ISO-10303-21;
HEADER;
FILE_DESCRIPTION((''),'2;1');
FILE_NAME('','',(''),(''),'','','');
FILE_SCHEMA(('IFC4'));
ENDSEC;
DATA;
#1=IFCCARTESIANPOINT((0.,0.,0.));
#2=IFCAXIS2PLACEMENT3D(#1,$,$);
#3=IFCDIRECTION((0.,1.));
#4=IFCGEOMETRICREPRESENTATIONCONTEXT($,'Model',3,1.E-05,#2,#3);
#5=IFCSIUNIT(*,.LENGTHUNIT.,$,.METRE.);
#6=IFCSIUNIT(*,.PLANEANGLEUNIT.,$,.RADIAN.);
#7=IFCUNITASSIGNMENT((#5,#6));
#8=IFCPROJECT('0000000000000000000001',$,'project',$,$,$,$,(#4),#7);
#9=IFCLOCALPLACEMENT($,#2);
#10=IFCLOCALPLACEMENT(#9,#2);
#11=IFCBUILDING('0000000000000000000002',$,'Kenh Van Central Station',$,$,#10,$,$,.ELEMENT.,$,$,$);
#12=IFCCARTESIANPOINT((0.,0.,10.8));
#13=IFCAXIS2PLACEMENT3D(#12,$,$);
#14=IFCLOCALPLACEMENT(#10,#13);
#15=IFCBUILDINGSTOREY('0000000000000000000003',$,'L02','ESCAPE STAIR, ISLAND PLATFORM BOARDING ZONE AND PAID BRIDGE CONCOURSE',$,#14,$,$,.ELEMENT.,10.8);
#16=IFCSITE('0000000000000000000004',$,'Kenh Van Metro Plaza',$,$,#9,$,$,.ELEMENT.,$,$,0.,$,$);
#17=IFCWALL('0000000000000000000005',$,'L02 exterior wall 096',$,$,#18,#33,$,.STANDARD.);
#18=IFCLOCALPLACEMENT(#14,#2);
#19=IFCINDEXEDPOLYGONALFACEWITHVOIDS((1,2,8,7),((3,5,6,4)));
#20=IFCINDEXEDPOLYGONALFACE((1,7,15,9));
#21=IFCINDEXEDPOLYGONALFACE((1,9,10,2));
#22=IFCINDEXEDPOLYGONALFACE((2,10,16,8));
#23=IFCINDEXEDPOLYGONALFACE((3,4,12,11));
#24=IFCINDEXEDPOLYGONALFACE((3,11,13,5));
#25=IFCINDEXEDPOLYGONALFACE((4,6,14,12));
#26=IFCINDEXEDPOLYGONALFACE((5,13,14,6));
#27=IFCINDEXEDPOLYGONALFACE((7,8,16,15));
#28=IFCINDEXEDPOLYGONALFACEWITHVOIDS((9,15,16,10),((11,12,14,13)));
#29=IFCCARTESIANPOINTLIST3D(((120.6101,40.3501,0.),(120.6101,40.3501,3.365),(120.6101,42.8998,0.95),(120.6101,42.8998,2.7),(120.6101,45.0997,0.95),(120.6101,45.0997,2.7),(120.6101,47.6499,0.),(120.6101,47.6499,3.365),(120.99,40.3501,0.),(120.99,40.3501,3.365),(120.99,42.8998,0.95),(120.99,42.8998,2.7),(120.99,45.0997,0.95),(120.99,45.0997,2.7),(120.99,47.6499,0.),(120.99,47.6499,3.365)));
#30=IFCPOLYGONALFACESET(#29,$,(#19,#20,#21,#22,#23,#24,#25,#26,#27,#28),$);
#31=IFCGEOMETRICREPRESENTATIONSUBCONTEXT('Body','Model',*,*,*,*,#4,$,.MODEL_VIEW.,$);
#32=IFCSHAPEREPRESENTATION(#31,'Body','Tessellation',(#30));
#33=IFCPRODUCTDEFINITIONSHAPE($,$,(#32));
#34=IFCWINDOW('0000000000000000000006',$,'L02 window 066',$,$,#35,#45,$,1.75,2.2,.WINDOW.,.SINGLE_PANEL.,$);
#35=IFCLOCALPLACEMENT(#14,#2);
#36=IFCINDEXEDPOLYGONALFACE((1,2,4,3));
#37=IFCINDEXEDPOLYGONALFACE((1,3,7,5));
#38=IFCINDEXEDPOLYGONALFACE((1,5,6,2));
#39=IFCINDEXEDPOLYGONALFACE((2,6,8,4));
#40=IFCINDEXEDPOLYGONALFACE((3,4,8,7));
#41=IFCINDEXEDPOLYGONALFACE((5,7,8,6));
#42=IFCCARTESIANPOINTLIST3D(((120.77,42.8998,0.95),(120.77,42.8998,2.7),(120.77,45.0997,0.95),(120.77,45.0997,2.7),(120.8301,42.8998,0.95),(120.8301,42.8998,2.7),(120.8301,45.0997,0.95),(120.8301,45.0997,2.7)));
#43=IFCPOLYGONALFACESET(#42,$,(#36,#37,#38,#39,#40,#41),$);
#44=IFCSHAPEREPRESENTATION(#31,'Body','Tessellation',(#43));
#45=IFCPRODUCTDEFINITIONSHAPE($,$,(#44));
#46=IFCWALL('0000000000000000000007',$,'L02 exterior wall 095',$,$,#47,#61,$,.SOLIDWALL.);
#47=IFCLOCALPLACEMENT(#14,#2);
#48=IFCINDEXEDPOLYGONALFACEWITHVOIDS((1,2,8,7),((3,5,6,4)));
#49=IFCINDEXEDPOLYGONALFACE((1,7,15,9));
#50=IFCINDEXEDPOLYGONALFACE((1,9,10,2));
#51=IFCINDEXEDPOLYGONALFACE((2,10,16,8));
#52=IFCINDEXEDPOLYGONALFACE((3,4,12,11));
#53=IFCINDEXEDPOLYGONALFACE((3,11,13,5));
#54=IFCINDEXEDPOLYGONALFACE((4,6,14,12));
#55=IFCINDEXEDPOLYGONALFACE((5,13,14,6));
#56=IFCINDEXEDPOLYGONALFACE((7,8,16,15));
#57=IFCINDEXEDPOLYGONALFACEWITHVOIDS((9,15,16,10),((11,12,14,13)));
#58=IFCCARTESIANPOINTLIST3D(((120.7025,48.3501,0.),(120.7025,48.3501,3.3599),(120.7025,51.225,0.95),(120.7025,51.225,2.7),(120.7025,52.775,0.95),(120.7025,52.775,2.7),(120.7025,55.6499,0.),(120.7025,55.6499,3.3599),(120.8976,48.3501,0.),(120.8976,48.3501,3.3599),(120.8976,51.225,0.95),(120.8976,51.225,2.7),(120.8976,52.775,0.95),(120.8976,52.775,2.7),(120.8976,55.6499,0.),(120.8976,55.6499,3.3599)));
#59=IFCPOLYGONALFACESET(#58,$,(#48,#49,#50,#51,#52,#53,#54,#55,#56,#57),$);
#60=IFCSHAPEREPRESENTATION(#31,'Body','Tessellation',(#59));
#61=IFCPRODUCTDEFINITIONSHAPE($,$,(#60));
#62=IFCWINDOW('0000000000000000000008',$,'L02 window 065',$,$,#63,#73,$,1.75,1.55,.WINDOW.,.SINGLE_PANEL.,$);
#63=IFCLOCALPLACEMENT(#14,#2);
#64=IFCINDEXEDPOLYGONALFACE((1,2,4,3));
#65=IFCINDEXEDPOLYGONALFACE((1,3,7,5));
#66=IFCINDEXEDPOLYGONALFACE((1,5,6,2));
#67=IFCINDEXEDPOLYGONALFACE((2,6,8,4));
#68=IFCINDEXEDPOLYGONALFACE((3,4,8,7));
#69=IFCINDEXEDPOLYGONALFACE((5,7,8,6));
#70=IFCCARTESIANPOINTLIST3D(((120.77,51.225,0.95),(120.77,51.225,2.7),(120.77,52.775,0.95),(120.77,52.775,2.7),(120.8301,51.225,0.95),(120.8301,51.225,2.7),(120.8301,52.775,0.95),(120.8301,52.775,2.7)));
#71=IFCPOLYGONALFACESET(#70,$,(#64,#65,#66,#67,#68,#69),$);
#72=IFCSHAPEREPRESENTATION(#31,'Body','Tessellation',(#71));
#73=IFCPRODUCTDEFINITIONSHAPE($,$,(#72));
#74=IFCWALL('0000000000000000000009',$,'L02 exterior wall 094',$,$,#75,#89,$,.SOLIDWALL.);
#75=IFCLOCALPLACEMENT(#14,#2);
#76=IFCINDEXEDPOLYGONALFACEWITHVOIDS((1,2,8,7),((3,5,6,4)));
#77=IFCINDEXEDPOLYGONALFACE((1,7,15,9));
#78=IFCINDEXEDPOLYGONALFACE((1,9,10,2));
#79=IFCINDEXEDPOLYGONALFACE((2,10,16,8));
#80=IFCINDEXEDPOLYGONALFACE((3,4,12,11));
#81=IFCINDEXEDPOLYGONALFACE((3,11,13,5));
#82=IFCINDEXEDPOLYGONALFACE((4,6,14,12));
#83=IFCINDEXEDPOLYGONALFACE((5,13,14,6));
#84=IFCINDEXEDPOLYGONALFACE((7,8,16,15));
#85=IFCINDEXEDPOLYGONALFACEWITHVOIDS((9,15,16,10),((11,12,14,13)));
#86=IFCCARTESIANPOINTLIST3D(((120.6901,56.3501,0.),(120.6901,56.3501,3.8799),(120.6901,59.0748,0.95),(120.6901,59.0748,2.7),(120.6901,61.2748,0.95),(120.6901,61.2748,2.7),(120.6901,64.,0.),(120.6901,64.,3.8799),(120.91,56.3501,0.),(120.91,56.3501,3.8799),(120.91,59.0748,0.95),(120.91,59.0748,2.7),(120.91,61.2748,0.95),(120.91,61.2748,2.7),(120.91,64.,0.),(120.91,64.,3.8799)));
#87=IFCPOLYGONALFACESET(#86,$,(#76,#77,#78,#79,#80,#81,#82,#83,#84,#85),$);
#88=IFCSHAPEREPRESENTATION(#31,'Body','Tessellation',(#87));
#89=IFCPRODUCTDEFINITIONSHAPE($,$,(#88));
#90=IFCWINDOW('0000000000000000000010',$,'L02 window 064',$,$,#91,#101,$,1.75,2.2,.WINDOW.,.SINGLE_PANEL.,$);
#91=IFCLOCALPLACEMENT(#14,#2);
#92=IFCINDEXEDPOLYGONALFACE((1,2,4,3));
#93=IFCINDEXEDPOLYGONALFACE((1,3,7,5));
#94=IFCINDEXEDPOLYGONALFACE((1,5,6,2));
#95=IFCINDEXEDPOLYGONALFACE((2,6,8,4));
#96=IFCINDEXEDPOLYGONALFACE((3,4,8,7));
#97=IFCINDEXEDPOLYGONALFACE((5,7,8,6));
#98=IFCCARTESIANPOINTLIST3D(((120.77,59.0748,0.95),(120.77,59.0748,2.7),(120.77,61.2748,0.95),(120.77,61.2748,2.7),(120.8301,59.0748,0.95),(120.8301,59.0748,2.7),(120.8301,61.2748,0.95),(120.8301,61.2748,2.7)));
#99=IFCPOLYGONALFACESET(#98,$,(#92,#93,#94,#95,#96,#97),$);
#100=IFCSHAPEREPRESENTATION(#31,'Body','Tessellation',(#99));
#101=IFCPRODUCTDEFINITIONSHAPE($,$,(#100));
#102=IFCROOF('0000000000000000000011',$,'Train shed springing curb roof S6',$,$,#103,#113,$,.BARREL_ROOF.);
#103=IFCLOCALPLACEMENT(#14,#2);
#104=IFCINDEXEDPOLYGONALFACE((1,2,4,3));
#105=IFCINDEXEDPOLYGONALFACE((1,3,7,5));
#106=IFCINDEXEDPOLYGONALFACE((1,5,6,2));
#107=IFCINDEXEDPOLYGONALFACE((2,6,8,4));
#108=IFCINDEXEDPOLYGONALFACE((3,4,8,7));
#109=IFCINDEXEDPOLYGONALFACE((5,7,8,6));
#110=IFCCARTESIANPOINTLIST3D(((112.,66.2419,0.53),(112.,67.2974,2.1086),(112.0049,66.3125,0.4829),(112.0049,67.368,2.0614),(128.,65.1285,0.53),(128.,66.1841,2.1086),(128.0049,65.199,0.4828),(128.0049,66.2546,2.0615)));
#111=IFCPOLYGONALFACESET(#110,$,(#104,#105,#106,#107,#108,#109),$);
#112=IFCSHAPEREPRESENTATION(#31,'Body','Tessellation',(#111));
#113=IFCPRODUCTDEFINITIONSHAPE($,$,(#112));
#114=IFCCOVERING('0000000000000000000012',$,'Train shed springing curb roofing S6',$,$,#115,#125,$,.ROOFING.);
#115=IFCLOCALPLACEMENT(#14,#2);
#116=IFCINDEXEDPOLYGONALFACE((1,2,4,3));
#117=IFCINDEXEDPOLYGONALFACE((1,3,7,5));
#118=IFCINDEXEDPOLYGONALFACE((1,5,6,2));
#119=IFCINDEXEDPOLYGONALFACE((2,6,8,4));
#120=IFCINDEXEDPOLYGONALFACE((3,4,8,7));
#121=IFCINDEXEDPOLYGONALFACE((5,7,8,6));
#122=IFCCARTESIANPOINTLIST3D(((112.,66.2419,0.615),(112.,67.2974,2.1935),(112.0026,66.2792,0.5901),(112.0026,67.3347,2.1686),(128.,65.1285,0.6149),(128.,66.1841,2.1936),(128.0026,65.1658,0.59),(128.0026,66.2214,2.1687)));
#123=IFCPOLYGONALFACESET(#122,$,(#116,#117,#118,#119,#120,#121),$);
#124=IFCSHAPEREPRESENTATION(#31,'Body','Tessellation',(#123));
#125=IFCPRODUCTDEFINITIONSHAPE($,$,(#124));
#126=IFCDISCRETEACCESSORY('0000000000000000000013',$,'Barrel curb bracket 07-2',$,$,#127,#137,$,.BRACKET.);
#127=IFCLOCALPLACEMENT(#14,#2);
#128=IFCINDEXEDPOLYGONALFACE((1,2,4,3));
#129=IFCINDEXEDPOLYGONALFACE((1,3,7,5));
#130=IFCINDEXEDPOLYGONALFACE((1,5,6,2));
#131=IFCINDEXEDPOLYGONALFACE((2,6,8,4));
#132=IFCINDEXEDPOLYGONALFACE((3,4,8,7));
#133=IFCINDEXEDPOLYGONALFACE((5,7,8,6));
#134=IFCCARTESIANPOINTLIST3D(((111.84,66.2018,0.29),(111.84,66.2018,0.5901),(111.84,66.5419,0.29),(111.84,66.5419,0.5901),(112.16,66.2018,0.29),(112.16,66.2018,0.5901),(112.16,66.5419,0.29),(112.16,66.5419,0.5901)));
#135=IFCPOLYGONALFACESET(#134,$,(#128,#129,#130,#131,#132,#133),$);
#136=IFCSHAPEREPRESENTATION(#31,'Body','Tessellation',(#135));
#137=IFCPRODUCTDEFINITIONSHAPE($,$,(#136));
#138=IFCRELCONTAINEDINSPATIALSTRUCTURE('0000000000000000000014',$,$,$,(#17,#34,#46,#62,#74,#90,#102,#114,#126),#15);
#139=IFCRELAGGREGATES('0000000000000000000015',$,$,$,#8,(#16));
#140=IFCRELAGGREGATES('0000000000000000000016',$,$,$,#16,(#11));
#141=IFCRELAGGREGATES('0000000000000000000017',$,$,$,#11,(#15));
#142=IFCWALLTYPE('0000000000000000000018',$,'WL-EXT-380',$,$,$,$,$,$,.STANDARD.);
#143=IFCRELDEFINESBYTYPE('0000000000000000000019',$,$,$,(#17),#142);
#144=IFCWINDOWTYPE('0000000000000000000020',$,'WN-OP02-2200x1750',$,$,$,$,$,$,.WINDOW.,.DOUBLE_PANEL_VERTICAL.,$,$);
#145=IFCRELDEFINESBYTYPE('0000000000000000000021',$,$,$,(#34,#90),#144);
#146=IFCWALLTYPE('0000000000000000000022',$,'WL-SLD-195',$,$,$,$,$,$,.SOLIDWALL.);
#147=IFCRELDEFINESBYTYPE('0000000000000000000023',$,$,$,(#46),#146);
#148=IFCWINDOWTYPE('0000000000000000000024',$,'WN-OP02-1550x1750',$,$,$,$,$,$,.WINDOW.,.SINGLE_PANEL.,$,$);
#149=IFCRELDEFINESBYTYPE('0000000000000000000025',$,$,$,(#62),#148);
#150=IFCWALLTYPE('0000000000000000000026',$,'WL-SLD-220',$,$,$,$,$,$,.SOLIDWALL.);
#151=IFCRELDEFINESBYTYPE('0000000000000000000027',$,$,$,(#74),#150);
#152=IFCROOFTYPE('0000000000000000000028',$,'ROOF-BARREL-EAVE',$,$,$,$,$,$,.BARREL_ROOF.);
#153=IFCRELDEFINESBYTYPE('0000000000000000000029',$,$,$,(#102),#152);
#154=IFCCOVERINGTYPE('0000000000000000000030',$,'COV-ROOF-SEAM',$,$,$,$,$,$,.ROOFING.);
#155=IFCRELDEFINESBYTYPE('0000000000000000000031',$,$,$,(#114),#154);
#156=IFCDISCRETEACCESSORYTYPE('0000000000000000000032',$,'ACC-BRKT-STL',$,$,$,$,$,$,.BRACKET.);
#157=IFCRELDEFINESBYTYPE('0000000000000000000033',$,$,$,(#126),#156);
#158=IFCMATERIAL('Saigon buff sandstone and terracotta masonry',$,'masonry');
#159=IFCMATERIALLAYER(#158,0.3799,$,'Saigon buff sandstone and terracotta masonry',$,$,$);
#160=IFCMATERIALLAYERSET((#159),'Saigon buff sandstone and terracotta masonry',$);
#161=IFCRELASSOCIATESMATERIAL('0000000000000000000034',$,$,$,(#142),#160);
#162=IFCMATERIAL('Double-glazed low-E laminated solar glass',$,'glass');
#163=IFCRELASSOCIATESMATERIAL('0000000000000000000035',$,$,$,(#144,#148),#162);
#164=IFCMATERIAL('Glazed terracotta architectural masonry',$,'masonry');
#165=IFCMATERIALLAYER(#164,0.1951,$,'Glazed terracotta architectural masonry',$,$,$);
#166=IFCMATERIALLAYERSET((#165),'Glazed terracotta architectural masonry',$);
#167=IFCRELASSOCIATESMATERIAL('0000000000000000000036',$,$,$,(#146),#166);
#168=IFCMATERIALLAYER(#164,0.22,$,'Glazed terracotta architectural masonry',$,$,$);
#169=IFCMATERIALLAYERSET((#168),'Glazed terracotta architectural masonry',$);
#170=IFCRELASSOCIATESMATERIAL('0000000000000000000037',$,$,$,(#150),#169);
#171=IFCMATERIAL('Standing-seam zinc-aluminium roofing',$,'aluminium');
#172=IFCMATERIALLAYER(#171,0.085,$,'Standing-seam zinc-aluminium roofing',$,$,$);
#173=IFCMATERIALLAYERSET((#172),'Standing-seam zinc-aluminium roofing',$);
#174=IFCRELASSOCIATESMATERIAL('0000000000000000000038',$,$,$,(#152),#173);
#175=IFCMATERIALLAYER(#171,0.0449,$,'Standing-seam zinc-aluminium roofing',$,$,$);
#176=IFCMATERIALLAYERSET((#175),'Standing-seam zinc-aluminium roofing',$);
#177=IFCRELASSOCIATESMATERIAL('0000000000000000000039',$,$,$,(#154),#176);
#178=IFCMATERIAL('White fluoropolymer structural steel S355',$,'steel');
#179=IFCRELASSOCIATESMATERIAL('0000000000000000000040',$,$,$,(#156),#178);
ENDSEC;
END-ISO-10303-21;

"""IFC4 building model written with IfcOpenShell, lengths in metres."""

from ifc_helpers import new_model, si_unit, direction, frame, frame_2d, origin, origin_2d, place, context, subcontext, project, spatial, polyline, rectangle, outline, extrude, material, layer, layer_set, type_object, element, fill, save


model = new_model("IFC4")

# Units and contexts
model_context = context("Model", 3, precision=1e-05, world=origin(), true_north=direction((0.0, 1.0)))
body_context = subcontext(model_context, "Body", "Model", "MODEL_VIEW")
ifc_project = project(units=[si_unit("LENGTHUNIT", "METRE"), si_unit("PLANEANGLEUNIT", "RADIAN")], contexts=[model_context])

# Site, building, storey
site_placement = place(None, origin())
site = spatial("IfcSite", under=ifc_project, at=site_placement, Name="Kenh Van Metro Plaza", CompositionType="ELEMENT", RefElevation=0.0)
building_placement = place(site_placement, origin())
building = spatial("IfcBuilding", under=site, at=building_placement, Name="Kenh Van Central Station", CompositionType="ELEMENT")
storey_placement = place(building_placement, frame((0.0, 0.0, 10.8)))
storey = spatial("IfcBuildingStorey", under=building, at=storey_placement, Name="L02", Description="ESCAPE STAIR, ISLAND PLATFORM BOARDING ZONE AND PAID BRIDGE CONCOURSE", CompositionType="ELEMENT", Elevation=10.8)

# Shared definitions
ifc_material_1 = material(Name="White fluoropolymer structural steel S355", Category="steel")

# Shared definitions
ifc_material_2 = material(Name="Double-glazed low-E laminated solar glass", Category="glass")

# Walls, openings, windows
ifc_material_3 = material(Name="Saigon buff sandstone and terracotta masonry", Category="masonry")
ifc_layer_1 = layer(ifc_material_3, 0.3799, Name="Saigon buff sandstone and terracotta masonry")
ifc_layer_set_1 = layer_set([ifc_layer_1], Name="Saigon buff sandstone and terracotta masonry")
wall_type_1 = type_object("IfcWallType", Name="WL-EXT-380", PredefinedType="STANDARD", material=ifc_layer_set_1)
wall_1_placement = place(storey_placement, frame((120.8, 47.6499, 0.0), z_axis=(0.0, 0.0, 1.0), x_axis=(0.0, -1.0, 0.0)))
wall_1 = element("IfcWall", 1, at=wall_1_placement, inside=storey, type_object=wall_type_1, Name="L02 exterior wall 096", PredefinedType="STANDARD", context=body_context, shape_type="SweptSolid", body=[
    extrude(rectangle(XDim=7.2998, YDim=0.3799, at=frame_2d((3.6499, 0.0))), origin(), (0.0, 0.0, 1.0), 3.365),
])
opening_1_placement = place(wall_1_placement, frame((2.55, 0.0, 0.95)))
opening_1 = element("IfcOpeningElement", 2, at=opening_1_placement, cuts=wall_1, PredefinedType="OPENING", context=body_context, shape_type="SweptSolid", body=[
    extrude(rectangle(XDim=2.2, YDim=1.75, at=frame_2d((1.1001, 0.875))), frame((0.0, 0.2, 0.0), z_axis=(0.0, -1.0, 0.0), x_axis=(1.0, 0.0, 0.0)), (0.0, 0.0, 1.0), 0.3999),
])
window_type_1 = type_object("IfcWindowType", Name="WN-OP02-2200x1750", PartitioningType="DOUBLE_PANEL_VERTICAL", PredefinedType="WINDOW", material=ifc_material_2)
window_1_placement = place(opening_1_placement, origin())
window_1 = element("IfcWindow", 3, at=window_1_placement, inside=storey, type_object=window_type_1, Name="L02 window 066", OverallHeight=1.75, OverallWidth=2.2, PartitioningType="SINGLE_PANEL", PredefinedType="WINDOW", context=body_context, shape_type="SweptSolid", body=[
    extrude(rectangle(XDim=2.2, YDim=1.75, at=frame_2d((1.1001, 0.875))), frame((0.0, 0.03, 0.0), z_axis=(0.0, -1.0, 0.0), x_axis=(1.0, 0.0, 0.0)), (0.0, 0.0, 1.0), 0.0601),
])
fill(opening_1, window_1)
ifc_material_4 = material(Name="Glazed terracotta architectural masonry", Category="masonry")
ifc_layer_2 = layer(ifc_material_4, 0.1951, Name="Glazed terracotta architectural masonry")
ifc_layer_set_2 = layer_set([ifc_layer_2], Name="Glazed terracotta architectural masonry")
wall_type_2 = type_object("IfcWallType", Name="WL-SLD-195", PredefinedType="SOLIDWALL", material=ifc_layer_set_2)
wall_2_placement = place(storey_placement, frame((120.8, 55.6499, 0.0), z_axis=(0.0, 0.0, 1.0), x_axis=(0.0, -1.0, 0.0)))
wall_2 = element("IfcWall", 4, at=wall_2_placement, inside=storey, type_object=wall_type_2, Name="L02 exterior wall 095", PredefinedType="SOLIDWALL", context=body_context, shape_type="SweptSolid", body=[
    extrude(rectangle(XDim=7.2998, YDim=0.1951, at=frame_2d((3.6499, 0.0))), origin(), (0.0, 0.0, 1.0), 3.3599),
])
opening_2_placement = place(wall_2_placement, frame((2.875, 0.0, 0.95)))
opening_2 = element("IfcOpeningElement", 5, at=opening_2_placement, cuts=wall_2, PredefinedType="OPENING", context=body_context, shape_type="SweptSolid", body=[
    extrude(rectangle(XDim=1.55, YDim=1.75, at=frame_2d((0.7749, 0.875))), frame((0.0, 0.1074, 0.0), z_axis=(0.0, -1.0, 0.0), x_axis=(1.0, 0.0, 0.0)), (0.0, 0.0, 1.0), 0.2151),
])
window_type_2 = type_object("IfcWindowType", Name="WN-OP02-1550x1750", PartitioningType="SINGLE_PANEL", PredefinedType="WINDOW", material=ifc_material_2)
window_2_placement = place(opening_2_placement, origin())
window_2 = element("IfcWindow", 6, at=window_2_placement, inside=storey, type_object=window_type_2, Name="L02 window 065", OverallHeight=1.75, OverallWidth=1.55, PartitioningType="SINGLE_PANEL", PredefinedType="WINDOW", context=body_context, shape_type="SweptSolid", body=[
    extrude(rectangle(XDim=1.55, YDim=1.75, at=frame_2d((0.7749, 0.875))), frame((0.0, 0.03, 0.0), z_axis=(0.0, -1.0, 0.0), x_axis=(1.0, 0.0, 0.0)), (0.0, 0.0, 1.0), 0.0601),
])
fill(opening_2, window_2)
ifc_layer_3 = layer(ifc_material_4, 0.22, Name="Glazed terracotta architectural masonry")
ifc_layer_set_3 = layer_set([ifc_layer_3], Name="Glazed terracotta architectural masonry")
wall_type_3 = type_object("IfcWallType", Name="WL-SLD-220", PredefinedType="SOLIDWALL", material=ifc_layer_set_3)
wall_3_placement = place(storey_placement, frame((120.8, 64.0, 0.0), z_axis=(0.0, 0.0, 1.0), x_axis=(0.0, -1.0, 0.0)))
wall_3 = element("IfcWall", 7, at=wall_3_placement, inside=storey, type_object=wall_type_3, Name="L02 exterior wall 094", PredefinedType="SOLIDWALL", context=body_context, shape_type="SweptSolid", body=[
    extrude(rectangle(XDim=7.6499, YDim=0.22, at=frame_2d((3.825, 0.0))), origin(), (0.0, 0.0, 1.0), 3.8799),
])
opening_3_placement = place(wall_3_placement, frame((2.7251, 0.0, 0.95)))
opening_3 = element("IfcOpeningElement", 8, at=opening_3_placement, cuts=wall_3, PredefinedType="OPENING", context=body_context, shape_type="SweptSolid", body=[
    extrude(rectangle(XDim=2.2, YDim=1.75, at=frame_2d((1.1001, 0.875))), frame((0.0, 0.1199, 0.0), z_axis=(0.0, -1.0, 0.0), x_axis=(1.0, 0.0, 0.0)), (0.0, 0.0, 1.0), 0.24),
])
window_3_placement = place(opening_3_placement, origin())
window_3 = element("IfcWindow", 9, at=window_3_placement, inside=storey, type_object=window_type_1, Name="L02 window 064", OverallHeight=1.75, OverallWidth=2.2, PartitioningType="SINGLE_PANEL", PredefinedType="WINDOW", context=body_context, shape_type="SweptSolid", body=[
    extrude(rectangle(XDim=2.2, YDim=1.75, at=frame_2d((1.1001, 0.875))), frame((0.0, 0.03, 0.0), z_axis=(0.0, -1.0, 0.0), x_axis=(1.0, 0.0, 0.0)), (0.0, 0.0, 1.0), 0.0601),
])
fill(opening_3, window_3)

# Roof
ifc_material_5 = material(Name="Standing-seam zinc-aluminium roofing", Category="aluminium")
ifc_layer_4 = layer(ifc_material_5, 0.085, Name="Standing-seam zinc-aluminium roofing")
ifc_layer_set_4 = layer_set([ifc_layer_4], Name="Standing-seam zinc-aluminium roofing")
roof_type = type_object("IfcRoofType", Name="ROOF-BARREL-EAVE", PredefinedType="BARREL_ROOF", material=ifc_layer_set_4)
roof_placement = place(storey_placement, frame((112.0, 66.2419, 0.53), z_axis=(-0.057751, -0.829901, 0.554914), x_axis=(0.997587, -0.069422, -0.000004)))
element("IfcRoof", 10, at=roof_placement, inside=storey, type_object=roof_type, Name="Train shed springing curb roof S6", PredefinedType="BARREL_ROOF", context=body_context, shape_type="SweptSolid", body=[
    extrude(outline(polyline([(0.0, 0.0), (16.0387, 0.0), (15.9654, 1.8976), (-0.0733, 1.8975), (0.0, 0.0)])), origin(), (0.0, 0.0, -1.0), 0.085),
])

# Covering
ifc_layer_5 = layer(ifc_material_5, 0.0449, Name="Standing-seam zinc-aluminium roofing")
ifc_layer_set_5 = layer_set([ifc_layer_5], Name="Standing-seam zinc-aluminium roofing")
covering_type = type_object("IfcCoveringType", Name="COV-ROOF-SEAM", PredefinedType="ROOFING", material=ifc_layer_set_5)
covering_placement = place(storey_placement, frame((112.0, 66.2419, 0.615), z_axis=(-0.057751, -0.829901, 0.554914), x_axis=(0.997587, -0.069422, -0.000004)))
element("IfcCovering", 11, at=covering_placement, inside=storey, type_object=covering_type, Name="Train shed springing curb roofing S6", PredefinedType="ROOFING", context=body_context, shape_type="SweptSolid", body=[
    extrude(outline(polyline([(0.0, 0.0), (16.0387, 0.0), (15.9654, 1.8976), (-0.0733, 1.8975), (0.0, 0.0)])), origin(), (0.0, 0.0, -1.0), 0.0449),
])

# Discrete accessory
discrete_accessory_type = type_object("IfcDiscreteAccessoryType", Name="ACC-BRKT-STL", PredefinedType="BRACKET", material=ifc_material_1)
discrete_accessory_placement = place(storey_placement, frame((112.0, 66.3718, 0.29), z_axis=(0.0, 0.0, 1.0), x_axis=(1.0, 0.0, 0.0)))
element("IfcDiscreteAccessory", 12, at=discrete_accessory_placement, inside=storey, type_object=discrete_accessory_type, Name="Barrel curb bracket 07-2", PredefinedType="BRACKET", context=body_context, shape_type="SweptSolid", body=[
    extrude(rectangle(XDim=0.3201, YDim=0.3401, at=origin_2d()), origin(), (0.0, 0.0, 1.0), 0.3),
])

save(model, "model.ifc")
